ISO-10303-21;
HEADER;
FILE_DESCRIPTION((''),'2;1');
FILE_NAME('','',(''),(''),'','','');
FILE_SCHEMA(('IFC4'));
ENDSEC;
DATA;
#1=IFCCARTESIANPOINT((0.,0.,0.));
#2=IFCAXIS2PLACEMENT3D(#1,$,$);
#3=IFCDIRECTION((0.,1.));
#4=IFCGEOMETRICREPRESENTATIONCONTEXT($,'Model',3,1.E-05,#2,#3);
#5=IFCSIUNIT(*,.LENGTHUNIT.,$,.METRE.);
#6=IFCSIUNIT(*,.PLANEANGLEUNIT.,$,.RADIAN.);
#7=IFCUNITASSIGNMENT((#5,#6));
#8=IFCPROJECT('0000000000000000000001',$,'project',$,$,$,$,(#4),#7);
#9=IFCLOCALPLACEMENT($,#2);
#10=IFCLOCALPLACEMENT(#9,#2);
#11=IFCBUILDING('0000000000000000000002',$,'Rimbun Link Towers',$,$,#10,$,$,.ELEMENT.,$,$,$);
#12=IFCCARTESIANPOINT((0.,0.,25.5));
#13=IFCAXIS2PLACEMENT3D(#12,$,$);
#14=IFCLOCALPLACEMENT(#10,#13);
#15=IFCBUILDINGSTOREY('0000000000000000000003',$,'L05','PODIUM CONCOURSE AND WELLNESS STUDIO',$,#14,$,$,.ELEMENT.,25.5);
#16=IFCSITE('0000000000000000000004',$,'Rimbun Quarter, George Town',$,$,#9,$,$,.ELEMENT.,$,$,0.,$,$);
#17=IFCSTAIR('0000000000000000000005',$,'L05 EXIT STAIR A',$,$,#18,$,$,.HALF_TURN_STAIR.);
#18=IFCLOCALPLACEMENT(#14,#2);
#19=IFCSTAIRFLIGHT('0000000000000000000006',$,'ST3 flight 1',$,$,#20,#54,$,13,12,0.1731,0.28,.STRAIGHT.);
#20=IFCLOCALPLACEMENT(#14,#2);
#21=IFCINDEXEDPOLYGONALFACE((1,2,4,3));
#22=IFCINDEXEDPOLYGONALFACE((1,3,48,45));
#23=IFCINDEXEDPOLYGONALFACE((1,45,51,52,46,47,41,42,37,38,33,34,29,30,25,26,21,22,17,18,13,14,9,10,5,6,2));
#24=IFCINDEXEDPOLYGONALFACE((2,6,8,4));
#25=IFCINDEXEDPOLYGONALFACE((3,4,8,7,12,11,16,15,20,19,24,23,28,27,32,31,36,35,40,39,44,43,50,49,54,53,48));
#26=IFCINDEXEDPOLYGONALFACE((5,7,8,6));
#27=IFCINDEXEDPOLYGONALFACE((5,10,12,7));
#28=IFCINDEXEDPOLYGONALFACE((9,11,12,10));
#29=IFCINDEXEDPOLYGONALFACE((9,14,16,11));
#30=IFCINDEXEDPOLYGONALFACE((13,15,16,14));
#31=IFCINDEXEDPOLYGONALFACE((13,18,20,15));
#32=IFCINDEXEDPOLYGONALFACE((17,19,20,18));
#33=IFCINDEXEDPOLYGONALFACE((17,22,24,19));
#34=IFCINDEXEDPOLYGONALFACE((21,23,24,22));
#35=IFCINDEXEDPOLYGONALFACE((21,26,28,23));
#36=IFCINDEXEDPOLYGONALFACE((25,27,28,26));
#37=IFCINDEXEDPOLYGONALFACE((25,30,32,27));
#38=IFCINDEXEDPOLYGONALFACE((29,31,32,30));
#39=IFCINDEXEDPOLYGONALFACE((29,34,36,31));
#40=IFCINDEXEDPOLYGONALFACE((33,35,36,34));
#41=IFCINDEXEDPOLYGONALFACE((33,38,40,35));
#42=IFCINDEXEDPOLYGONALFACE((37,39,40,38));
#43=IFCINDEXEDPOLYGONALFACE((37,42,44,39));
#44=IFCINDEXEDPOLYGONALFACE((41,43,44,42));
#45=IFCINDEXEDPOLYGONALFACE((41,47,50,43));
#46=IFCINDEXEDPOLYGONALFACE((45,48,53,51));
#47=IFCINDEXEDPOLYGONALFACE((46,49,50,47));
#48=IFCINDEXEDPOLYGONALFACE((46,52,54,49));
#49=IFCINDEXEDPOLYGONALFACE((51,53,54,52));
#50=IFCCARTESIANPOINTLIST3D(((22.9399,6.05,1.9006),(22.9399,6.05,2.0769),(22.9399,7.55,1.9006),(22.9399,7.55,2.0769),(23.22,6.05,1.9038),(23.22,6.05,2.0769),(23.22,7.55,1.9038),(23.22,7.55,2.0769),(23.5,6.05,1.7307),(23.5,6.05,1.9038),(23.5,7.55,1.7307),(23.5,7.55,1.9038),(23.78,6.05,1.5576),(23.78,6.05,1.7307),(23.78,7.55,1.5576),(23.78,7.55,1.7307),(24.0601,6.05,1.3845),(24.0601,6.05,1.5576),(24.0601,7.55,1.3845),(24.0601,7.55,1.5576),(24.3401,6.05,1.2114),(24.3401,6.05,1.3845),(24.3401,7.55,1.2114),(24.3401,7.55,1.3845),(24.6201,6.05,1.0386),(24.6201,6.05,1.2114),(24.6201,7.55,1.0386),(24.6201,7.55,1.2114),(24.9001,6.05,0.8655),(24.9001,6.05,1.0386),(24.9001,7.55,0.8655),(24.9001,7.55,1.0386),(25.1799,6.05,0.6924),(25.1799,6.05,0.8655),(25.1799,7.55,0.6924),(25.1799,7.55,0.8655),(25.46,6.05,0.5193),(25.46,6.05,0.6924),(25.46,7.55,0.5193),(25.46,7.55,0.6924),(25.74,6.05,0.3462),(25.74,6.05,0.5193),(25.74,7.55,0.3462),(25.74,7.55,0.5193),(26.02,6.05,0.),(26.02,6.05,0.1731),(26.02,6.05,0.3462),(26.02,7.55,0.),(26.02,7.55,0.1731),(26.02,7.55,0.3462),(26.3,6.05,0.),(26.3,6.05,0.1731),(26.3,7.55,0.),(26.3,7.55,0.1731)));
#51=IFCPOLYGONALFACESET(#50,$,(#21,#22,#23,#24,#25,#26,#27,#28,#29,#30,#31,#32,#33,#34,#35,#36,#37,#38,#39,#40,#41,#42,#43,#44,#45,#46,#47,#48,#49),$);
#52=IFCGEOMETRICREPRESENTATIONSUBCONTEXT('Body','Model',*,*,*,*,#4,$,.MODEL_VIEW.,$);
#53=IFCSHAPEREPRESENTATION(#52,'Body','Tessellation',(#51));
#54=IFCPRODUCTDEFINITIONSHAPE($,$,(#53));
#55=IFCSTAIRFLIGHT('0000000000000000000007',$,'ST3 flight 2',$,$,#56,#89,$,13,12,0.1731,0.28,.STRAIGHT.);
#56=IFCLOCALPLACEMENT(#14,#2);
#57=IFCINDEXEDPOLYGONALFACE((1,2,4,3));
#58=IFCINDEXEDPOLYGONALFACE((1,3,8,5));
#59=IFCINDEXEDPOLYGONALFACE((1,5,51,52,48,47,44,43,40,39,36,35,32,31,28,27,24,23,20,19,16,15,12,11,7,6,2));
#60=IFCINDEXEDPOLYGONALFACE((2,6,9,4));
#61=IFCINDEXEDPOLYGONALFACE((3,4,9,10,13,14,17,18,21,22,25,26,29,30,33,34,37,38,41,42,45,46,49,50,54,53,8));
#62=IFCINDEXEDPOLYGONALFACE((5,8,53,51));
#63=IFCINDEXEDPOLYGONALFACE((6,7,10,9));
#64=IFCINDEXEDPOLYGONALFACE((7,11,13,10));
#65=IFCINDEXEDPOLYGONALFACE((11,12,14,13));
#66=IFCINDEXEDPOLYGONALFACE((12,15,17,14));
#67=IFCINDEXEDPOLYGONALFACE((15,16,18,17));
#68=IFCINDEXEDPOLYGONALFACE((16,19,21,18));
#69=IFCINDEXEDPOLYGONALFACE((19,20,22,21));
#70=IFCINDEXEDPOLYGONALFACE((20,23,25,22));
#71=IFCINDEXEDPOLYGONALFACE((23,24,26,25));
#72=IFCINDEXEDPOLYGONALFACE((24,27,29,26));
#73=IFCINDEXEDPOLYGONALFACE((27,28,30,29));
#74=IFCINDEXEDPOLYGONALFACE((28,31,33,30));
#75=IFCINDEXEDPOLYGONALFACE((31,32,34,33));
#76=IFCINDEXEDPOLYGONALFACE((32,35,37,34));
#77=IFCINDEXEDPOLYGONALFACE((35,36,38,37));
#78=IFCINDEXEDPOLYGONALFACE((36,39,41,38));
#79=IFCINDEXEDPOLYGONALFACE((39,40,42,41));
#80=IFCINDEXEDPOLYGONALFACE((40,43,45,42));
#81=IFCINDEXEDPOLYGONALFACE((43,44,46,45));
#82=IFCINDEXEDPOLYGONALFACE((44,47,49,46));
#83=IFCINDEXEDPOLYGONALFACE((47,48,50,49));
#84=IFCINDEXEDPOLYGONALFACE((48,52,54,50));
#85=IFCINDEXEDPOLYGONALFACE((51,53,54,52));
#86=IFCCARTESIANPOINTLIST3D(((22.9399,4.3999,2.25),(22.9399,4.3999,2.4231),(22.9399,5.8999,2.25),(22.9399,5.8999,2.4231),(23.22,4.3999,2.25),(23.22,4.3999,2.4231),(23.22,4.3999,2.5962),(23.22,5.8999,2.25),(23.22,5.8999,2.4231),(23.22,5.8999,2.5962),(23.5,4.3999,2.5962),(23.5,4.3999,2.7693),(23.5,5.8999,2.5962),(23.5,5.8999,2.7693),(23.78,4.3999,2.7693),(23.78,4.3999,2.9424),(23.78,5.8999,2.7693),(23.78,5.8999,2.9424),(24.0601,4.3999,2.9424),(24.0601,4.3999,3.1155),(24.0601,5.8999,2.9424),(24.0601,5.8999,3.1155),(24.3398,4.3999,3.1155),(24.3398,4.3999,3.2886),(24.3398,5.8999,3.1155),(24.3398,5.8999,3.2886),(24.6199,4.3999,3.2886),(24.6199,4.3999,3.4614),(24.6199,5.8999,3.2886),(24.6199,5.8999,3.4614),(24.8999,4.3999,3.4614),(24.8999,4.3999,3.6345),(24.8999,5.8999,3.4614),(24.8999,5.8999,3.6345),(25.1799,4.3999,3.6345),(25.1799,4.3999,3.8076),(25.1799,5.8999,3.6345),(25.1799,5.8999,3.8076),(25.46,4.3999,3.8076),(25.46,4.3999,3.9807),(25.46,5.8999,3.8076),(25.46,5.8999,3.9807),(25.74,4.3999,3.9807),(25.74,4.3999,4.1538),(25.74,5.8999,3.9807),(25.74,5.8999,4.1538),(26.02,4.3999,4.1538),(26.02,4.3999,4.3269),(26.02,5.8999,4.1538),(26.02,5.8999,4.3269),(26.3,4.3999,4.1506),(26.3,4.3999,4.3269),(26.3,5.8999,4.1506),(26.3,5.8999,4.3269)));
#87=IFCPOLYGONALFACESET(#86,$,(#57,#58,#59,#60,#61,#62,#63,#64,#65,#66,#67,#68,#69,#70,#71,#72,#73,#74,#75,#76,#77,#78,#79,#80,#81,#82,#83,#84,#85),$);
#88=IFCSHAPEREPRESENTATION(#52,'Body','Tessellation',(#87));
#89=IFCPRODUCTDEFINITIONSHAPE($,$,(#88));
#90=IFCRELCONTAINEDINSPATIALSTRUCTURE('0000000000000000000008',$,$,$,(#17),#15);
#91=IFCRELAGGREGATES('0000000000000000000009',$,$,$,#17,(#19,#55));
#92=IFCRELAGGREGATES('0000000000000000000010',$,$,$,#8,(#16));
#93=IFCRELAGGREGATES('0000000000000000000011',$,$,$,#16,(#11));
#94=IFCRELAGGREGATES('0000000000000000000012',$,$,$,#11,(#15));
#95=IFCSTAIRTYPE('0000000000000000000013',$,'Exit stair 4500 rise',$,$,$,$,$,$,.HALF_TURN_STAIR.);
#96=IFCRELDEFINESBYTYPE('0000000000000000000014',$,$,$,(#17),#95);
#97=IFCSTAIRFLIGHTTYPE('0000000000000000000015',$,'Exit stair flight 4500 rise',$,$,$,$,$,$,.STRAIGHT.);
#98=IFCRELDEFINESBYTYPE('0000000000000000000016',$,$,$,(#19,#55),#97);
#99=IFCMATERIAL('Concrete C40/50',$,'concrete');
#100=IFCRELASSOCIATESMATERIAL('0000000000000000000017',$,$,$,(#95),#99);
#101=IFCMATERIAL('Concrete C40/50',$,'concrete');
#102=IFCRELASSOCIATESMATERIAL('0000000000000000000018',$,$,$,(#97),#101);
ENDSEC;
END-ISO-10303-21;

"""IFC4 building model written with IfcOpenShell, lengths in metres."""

from ifc_helpers import new_model, si_unit, direction, frame, origin, place, context, subcontext, project, spatial, polyline, outline, extrude, material, type_object, element, aggregate, save


model = new_model("IFC4")

# Units and contexts
model_context = context("Model", 3, precision=1e-05, world=origin(), true_north=direction((0.0, 1.0)))
body_context = subcontext(model_context, "Body", "Model", "MODEL_VIEW")
ifc_project = project(units=[si_unit("LENGTHUNIT", "METRE"), si_unit("PLANEANGLEUNIT", "RADIAN")], contexts=[model_context])

# Site, building, storey
site_placement = place(None, origin())
site = spatial("IfcSite", under=ifc_project, at=site_placement, Name="Rimbun Quarter, George Town", CompositionType="ELEMENT", RefElevation=0.0)
building_placement = place(site_placement, origin())
building = spatial("IfcBuilding", under=site, at=building_placement, Name="Rimbun Link Towers", CompositionType="ELEMENT")
storey_placement = place(building_placement, frame((0.0, 0.0, 25.5)))
storey = spatial("IfcBuildingStorey", under=building, at=storey_placement, Name="L05", Description="PODIUM CONCOURSE AND WELLNESS STUDIO", CompositionType="ELEMENT", Elevation=25.5)

# Stair, stair flights
ifc_material_1 = material(Name="Concrete C40/50", Category="concrete")
stair_type = type_object("IfcStairType", Name="Exit stair 4500 rise", PredefinedType="HALF_TURN_STAIR", material=ifc_material_1)
stair_placement = place(storey_placement, origin())
stair = element("IfcStair", 1, at=stair_placement, inside=storey, type_object=stair_type, Name="L05 EXIT STAIR A", PredefinedType="HALF_TURN_STAIR")
ifc_material_2 = material(Name="Concrete C40/50", Category="concrete")
stair_flight_type = type_object("IfcStairFlightType", Name="Exit stair flight 4500 rise", PredefinedType="STRAIGHT", material=ifc_material_2)
stair_flight_1_placement = place(storey_placement, frame((26.3, 6.8, 0.0), z_axis=(0.0, 0.0, 1.0), x_axis=(-1.0, 0.0, 0.0)))
stair_flight_1 = element("IfcStairFlight", 2, at=stair_flight_1_placement, type_object=stair_flight_type, Name="ST3 flight 1", NumberOfRisers=13, NumberOfTreads=12, PredefinedType="STRAIGHT", RiserHeight=0.1731, TreadLength=0.28, context=body_context, shape_type="SweptSolid", body=[
    extrude(outline(polyline([(0.0, 0.0), (0.0, 0.1731), (0.28, 0.1731), (0.28, 0.3462), (0.5601, 0.3462), (0.5601, 0.5193), (0.8401, 0.5193), (0.8401, 0.6924), (1.1201, 0.6924), (1.1201, 0.8655), (1.3999, 0.8655), (1.3999, 1.0386), (1.6799, 1.0386), (1.6799, 1.2114), (1.96, 1.2114), (1.96, 1.3845), (2.24, 1.3845), (2.24, 1.5576), (2.52, 1.5576), (2.52, 1.7307), (2.8, 1.7307), (2.8, 1.9038), (3.0801, 1.9038), (3.0801, 2.0769), (3.3601, 2.0769), (3.3601, 2.25), (3.3601, 1.9006), (0.28, 0.0), (0.0, 0.0)])), frame((0.0, 0.75, 0.0), z_axis=(0.0, -1.0, 0.0), x_axis=(1.0, 0.0, 0.0)), (0.0, 0.0, 1.0), 1.5),
])
stair_flight_2_placement = place(storey_placement, frame((22.9399, 5.1499, 2.25), z_axis=(0.0, 0.0, 1.0), x_axis=(1.0, 0.0, 0.0)))
stair_flight_2 = element("IfcStairFlight", 3, at=stair_flight_2_placement, type_object=stair_flight_type, Name="ST3 flight 2", NumberOfRisers=13, NumberOfTreads=12, PredefinedType="STRAIGHT", RiserHeight=0.1731, TreadLength=0.28, context=body_context, shape_type="SweptSolid", body=[
    extrude(outline(polyline([(0.0, 0.0), (0.0, 0.1731), (0.28, 0.1731), (0.28, 0.3462), (0.5601, 0.3462), (0.5601, 0.5193), (0.8401, 0.5193), (0.8401, 0.6924), (1.1201, 0.6924), (1.1201, 0.8655), (1.3999, 0.8655), (1.3999, 1.0386), (1.6799, 1.0386), (1.6799, 1.2114), (1.96, 1.2114), (1.96, 1.3845), (2.24, 1.3845), (2.24, 1.5576), (2.52, 1.5576), (2.52, 1.7307), (2.8, 1.7307), (2.8, 1.9038), (3.0801, 1.9038), (3.0801, 2.0769), (3.3601, 2.0769), (3.3601, 2.25), (3.3601, 1.9006), (0.28, 0.0), (0.0, 0.0)])), frame((0.0, 0.75, 0.0), z_axis=(0.0, -1.0, 0.0), x_axis=(1.0, 0.0, 0.0)), (0.0, 0.0, 1.0), 1.5),
])
aggregate(stair, [stair_flight_1, stair_flight_2])

save(model, "model.ifc")
